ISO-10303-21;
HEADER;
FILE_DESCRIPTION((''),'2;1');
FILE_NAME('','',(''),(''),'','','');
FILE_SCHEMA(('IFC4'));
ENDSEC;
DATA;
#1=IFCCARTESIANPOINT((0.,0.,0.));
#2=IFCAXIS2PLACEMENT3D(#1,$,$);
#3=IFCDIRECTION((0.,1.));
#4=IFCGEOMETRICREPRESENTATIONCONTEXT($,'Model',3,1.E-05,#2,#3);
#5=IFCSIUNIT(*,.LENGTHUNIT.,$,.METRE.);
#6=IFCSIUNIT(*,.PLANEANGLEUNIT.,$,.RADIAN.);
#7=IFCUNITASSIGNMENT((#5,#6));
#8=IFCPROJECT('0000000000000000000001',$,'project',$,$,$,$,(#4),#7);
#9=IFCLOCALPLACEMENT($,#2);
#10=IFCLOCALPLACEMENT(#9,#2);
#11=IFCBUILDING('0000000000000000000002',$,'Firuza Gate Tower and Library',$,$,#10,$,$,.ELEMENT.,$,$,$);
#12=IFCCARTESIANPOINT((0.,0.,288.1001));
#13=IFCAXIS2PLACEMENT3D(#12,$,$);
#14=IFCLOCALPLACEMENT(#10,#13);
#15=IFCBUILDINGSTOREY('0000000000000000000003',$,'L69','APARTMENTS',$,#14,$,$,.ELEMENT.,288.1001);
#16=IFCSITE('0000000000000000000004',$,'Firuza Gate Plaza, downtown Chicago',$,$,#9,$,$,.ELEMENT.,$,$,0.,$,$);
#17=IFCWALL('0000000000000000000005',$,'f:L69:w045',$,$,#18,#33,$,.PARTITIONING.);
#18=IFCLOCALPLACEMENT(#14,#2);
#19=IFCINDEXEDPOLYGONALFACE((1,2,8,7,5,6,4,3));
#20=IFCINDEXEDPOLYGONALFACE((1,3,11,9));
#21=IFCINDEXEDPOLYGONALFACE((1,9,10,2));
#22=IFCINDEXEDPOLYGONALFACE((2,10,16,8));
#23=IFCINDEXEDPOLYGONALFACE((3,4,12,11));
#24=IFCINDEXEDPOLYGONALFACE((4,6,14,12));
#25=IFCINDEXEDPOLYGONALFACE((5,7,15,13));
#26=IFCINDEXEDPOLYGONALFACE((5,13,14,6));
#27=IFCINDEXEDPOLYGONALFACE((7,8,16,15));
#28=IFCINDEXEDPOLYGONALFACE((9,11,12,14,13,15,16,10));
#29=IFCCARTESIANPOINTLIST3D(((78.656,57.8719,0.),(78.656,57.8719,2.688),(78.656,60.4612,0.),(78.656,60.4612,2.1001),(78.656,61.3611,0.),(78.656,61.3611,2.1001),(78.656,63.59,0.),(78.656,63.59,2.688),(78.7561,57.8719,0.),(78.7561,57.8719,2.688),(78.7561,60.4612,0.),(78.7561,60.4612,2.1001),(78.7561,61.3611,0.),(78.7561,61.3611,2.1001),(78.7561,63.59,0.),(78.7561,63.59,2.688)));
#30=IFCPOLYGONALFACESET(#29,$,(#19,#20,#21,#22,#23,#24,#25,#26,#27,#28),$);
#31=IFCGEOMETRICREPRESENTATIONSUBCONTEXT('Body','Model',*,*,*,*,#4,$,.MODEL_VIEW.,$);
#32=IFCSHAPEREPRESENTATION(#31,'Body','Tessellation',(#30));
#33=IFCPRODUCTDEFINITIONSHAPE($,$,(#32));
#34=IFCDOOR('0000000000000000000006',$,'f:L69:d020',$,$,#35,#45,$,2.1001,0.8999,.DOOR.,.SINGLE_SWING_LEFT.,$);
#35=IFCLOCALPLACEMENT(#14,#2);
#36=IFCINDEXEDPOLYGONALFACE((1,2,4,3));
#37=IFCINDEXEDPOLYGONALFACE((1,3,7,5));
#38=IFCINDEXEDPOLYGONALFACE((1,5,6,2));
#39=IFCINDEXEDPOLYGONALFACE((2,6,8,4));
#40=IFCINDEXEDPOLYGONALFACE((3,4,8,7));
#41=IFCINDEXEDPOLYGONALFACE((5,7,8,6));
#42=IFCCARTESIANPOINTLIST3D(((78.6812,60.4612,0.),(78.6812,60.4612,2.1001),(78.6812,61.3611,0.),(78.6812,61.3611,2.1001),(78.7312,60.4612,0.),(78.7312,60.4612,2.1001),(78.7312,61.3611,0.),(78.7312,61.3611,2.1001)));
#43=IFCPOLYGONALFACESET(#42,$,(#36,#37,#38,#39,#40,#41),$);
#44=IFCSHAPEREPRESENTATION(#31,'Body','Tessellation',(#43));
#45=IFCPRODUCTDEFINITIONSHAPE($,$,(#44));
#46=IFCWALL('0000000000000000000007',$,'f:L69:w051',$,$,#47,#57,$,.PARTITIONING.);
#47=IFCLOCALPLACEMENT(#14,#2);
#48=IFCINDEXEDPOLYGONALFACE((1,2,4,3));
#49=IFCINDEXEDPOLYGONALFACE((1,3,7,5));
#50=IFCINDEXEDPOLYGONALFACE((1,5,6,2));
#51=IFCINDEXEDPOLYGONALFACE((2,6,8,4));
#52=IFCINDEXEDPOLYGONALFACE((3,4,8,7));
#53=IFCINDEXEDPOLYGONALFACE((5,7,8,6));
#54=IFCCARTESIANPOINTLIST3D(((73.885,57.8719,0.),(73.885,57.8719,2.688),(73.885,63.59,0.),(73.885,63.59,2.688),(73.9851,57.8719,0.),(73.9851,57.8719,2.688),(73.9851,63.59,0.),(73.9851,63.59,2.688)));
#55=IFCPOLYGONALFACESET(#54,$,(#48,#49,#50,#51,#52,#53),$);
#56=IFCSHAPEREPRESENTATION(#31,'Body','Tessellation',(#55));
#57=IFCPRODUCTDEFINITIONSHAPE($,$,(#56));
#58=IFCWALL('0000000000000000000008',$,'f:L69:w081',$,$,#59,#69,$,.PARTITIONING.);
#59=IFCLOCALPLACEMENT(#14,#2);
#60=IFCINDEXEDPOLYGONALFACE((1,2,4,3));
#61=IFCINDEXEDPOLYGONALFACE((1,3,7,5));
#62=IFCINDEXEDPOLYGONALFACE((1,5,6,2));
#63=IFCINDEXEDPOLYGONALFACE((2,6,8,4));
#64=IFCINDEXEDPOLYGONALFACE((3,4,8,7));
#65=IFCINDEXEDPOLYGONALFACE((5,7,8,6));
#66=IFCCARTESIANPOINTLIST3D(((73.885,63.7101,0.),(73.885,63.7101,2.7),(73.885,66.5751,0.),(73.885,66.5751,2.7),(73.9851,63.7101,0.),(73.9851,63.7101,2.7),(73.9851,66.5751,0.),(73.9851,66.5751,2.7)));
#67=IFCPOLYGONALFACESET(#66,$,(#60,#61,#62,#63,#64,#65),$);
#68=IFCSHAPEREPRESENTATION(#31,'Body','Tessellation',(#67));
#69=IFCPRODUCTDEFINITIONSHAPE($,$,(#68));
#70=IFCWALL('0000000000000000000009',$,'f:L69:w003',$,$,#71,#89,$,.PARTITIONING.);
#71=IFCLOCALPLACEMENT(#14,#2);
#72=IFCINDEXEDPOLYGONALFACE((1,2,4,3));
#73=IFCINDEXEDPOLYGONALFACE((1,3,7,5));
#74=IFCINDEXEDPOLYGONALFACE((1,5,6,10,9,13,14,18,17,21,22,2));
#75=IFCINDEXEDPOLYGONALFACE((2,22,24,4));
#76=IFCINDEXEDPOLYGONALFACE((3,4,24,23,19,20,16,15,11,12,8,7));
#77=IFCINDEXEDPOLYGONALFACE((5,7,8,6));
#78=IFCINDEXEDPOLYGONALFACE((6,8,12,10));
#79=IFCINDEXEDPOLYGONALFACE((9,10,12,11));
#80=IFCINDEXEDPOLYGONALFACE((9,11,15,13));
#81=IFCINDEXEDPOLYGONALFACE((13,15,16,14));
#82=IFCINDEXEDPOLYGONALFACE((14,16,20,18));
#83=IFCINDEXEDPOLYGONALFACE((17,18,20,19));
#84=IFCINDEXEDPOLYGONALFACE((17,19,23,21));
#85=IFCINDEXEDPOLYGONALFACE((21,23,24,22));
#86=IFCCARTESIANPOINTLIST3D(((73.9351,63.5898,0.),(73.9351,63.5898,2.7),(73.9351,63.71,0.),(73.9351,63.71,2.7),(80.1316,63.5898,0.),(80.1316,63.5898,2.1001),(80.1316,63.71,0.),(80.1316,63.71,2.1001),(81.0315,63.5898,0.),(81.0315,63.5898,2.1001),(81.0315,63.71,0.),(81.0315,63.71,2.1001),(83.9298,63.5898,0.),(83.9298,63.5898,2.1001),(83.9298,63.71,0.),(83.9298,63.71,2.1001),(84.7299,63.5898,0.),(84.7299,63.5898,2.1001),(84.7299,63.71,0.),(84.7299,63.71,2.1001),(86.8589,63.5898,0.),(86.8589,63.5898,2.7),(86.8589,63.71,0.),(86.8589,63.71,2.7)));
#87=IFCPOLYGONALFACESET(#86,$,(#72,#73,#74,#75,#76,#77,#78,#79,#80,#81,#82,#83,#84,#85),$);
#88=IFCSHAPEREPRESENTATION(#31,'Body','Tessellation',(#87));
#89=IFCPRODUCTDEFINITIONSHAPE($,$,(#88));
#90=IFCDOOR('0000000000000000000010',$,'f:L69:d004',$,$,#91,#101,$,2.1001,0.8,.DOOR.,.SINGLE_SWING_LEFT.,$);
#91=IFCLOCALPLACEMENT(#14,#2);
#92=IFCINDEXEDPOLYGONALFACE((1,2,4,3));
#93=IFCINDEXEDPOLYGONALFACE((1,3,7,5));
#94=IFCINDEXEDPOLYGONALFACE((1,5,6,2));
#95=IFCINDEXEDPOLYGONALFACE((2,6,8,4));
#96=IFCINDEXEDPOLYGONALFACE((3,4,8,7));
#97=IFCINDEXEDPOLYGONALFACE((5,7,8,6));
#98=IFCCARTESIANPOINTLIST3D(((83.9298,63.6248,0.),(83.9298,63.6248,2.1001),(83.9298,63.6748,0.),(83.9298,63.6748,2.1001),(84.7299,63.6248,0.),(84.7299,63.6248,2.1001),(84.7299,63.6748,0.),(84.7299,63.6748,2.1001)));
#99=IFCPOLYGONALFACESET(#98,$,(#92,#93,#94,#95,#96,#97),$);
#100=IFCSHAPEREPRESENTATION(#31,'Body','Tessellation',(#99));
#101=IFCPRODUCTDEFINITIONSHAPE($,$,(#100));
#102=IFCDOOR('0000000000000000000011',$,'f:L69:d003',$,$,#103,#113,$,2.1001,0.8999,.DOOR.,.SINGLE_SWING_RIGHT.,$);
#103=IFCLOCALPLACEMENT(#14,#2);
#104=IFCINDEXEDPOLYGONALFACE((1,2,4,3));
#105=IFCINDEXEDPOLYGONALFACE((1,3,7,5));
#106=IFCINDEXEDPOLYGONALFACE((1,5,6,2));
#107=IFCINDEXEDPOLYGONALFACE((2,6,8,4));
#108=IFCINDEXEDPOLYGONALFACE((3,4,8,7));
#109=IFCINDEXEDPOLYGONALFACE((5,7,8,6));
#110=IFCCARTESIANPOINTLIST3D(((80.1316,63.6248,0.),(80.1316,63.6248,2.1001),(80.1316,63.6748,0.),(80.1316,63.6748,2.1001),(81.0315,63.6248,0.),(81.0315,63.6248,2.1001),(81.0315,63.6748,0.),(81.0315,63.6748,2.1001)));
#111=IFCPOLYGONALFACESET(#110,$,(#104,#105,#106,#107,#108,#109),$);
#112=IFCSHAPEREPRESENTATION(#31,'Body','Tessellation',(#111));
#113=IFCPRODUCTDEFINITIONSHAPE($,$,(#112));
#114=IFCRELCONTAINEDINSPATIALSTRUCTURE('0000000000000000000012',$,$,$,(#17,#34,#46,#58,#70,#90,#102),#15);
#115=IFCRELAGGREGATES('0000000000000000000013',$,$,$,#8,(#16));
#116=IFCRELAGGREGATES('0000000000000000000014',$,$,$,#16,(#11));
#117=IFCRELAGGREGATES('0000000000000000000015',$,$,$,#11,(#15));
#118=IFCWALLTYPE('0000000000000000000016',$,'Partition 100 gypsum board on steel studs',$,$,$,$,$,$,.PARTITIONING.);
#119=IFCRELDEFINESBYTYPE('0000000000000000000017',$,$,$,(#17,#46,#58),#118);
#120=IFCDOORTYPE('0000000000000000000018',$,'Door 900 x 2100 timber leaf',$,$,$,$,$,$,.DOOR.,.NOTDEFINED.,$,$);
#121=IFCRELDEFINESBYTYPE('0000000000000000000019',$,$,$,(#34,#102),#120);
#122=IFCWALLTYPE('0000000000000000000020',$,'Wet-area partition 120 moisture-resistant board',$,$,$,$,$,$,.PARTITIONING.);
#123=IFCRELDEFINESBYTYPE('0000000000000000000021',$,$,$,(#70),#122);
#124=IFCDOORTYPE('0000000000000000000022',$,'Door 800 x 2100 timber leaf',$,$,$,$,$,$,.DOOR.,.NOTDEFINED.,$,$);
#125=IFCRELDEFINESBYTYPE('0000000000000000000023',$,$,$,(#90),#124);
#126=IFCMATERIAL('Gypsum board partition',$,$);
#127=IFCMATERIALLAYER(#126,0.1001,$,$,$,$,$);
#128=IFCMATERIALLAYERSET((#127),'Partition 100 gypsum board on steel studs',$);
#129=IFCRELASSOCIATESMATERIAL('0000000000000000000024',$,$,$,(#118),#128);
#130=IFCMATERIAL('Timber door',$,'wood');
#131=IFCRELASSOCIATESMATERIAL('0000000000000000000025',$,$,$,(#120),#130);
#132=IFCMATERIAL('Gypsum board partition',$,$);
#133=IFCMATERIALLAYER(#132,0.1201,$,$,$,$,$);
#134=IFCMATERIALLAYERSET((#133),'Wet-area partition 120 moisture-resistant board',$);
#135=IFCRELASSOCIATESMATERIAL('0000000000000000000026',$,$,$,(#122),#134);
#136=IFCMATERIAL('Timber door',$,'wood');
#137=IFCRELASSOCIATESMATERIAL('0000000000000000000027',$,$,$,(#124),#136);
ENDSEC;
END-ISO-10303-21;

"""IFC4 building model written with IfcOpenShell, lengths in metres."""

from ifc_helpers import new_model, si_unit, direction, frame, frame_2d, origin, place, context, subcontext, project, spatial, rectangle, extrude, material, layer, layer_set, type_object, element, fill, save


model = new_model("IFC4")

# Units and contexts
model_context = context("Model", 3, precision=1e-05, world=origin(), true_north=direction((0.0, 1.0)))
body_context = subcontext(model_context, "Body", "Model", "MODEL_VIEW")
ifc_project = project(units=[si_unit("LENGTHUNIT", "METRE"), si_unit("PLANEANGLEUNIT", "RADIAN")], contexts=[model_context])

# Site, building, storey
site_placement = place(None, origin())
site = spatial("IfcSite", under=ifc_project, at=site_placement, Name="Firuza Gate Plaza, downtown Chicago", CompositionType="ELEMENT", RefElevation=0.0)
building_placement = place(site_placement, origin())
building = spatial("IfcBuilding", under=site, at=building_placement, Name="Firuza Gate Tower and Library", CompositionType="ELEMENT")
storey_placement = place(building_placement, frame((0.0, 0.0, 288.1001)))
storey = spatial("IfcBuildingStorey", under=building, at=storey_placement, Name="L69", Description="APARTMENTS", CompositionType="ELEMENT", Elevation=288.1001)

# Wall, opening, door
ifc_material_1 = material(Name="Gypsum board partition")
ifc_layer_1 = layer(ifc_material_1, 0.1001)
ifc_layer_set_1 = layer_set([ifc_layer_1], Name="Partition 100 gypsum board on steel studs")
wall_type_1 = type_object("IfcWallType", Name="Partition 100 gypsum board on steel studs", PredefinedType="PARTITIONING", material=ifc_layer_set_1)
wall_1_placement = place(storey_placement, frame((78.7061, 57.8721, 0.0), z_axis=(0.0, 0.0, 1.0), x_axis=(0.0, 1.0, 0.0)))
wall_1 = element("IfcWall", 1, at=wall_1_placement, inside=storey, type_object=wall_type_1, Name="f:L69:w045", PredefinedType="PARTITIONING", context=body_context, shape_type="SweptSolid", body=[
    extrude(rectangle(XDim=5.718, YDim=0.1001, at=frame_2d((2.8589, 0.0))), origin(), (0.0, 0.0, 1.0), 2.688),
])
opening_1_placement = place(wall_1_placement, frame((2.5891, 0.0, 0.0)))
opening_1 = element("IfcOpeningElement", 2, at=opening_1_placement, cuts=wall_1, PredefinedType="OPENING", context=body_context, shape_type="SweptSolid", body=[
    extrude(rectangle(XDim=0.8999, YDim=2.1001, at=frame_2d((0.45, 1.05))), frame((0.0, 0.0601, 0.0), z_axis=(0.0, -1.0, 0.0), x_axis=(1.0, 0.0, 0.0)), (0.0, 0.0, 1.0), 0.1201),
])
ifc_material_2 = material(Name="Timber door", Category="wood")
door_type_1 = type_object("IfcDoorType", Name="Door 900 x 2100 timber leaf", OperationType="NOTDEFINED", PredefinedType="DOOR", material=ifc_material_2)
door_1_placement = place(opening_1_placement, origin())
door_1 = element("IfcDoor", 3, at=door_1_placement, inside=storey, type_object=door_type_1, Name="f:L69:d020", OperationType="SINGLE_SWING_LEFT", OverallHeight=2.1001, OverallWidth=0.8999, PredefinedType="DOOR", context=body_context, shape_type="SweptSolid", body=[
    extrude(rectangle(XDim=0.8999, YDim=2.1001, at=frame_2d((0.45, 1.05))), frame((0.0, 0.0249, 0.0), z_axis=(0.0, -1.0, 0.0), x_axis=(1.0, 0.0, 0.0)), (0.0, 0.0, 1.0), 0.05),
])
fill(opening_1, door_1)

# Walls
wall_2_placement = place(storey_placement, frame((73.9351, 57.8721, 0.0), z_axis=(0.0, 0.0, 1.0), x_axis=(0.0, 1.0, 0.0)))
element("IfcWall", 4, at=wall_2_placement, inside=storey, type_object=wall_type_1, Name="f:L69:w051", PredefinedType="PARTITIONING", context=body_context, shape_type="SweptSolid", body=[
    extrude(rectangle(XDim=5.718, YDim=0.1001, at=frame_2d((2.8589, 0.0))), origin(), (0.0, 0.0, 1.0), 2.688),
])
wall_3_placement = place(storey_placement, frame((73.9351, 63.71, 0.0), z_axis=(0.0, 0.0, 1.0), x_axis=(0.0, 1.0, 0.0)))
element("IfcWall", 5, at=wall_3_placement, inside=storey, type_object=wall_type_1, Name="f:L69:w081", PredefinedType="PARTITIONING", context=body_context, shape_type="SweptSolid", body=[
    extrude(rectangle(XDim=2.865, YDim=0.1001, at=frame_2d((1.4326, 0.0))), origin(), (0.0, 0.0, 1.0), 2.7),
])

# Wall, openings, doors
ifc_material_3 = material(Name="Gypsum board partition")
ifc_layer_2 = layer(ifc_material_3, 0.1201)
ifc_layer_set_2 = layer_set([ifc_layer_2], Name="Wet-area partition 120 moisture-resistant board")
wall_type_2 = type_object("IfcWallType", Name="Wet-area partition 120 moisture-resistant board", PredefinedType="PARTITIONING", material=ifc_layer_set_2)
wall_4_placement = place(storey_placement, frame((73.9351, 63.6499, 0.0), z_axis=(0.0, 0.0, 1.0), x_axis=(1.0, 0.0, 0.0)))
wall_4 = element("IfcWall", 6, at=wall_4_placement, inside=storey, type_object=wall_type_2, Name="f:L69:w003", PredefinedType="PARTITIONING", context=body_context, shape_type="SweptSolid", body=[
    extrude(rectangle(XDim=12.9238, YDim=0.1201, at=frame_2d((6.4619, 0.0))), origin(), (0.0, 0.0, 1.0), 2.7),
])
opening_2_placement = place(wall_4_placement, frame((6.1965, 0.0, 0.0)))
opening_2 = element("IfcOpeningElement", 7, at=opening_2_placement, cuts=wall_4, PredefinedType="OPENING", context=body_context, shape_type="SweptSolid", body=[
    extrude(rectangle(XDim=0.8999, YDim=2.1001, at=frame_2d((0.45, 1.05))), frame((0.0, 0.0701, 0.0), z_axis=(0.0, -1.0, 0.0), x_axis=(1.0, 0.0, 0.0)), (0.0, 0.0, 1.0), 0.1401),
])
opening_3_placement = place(wall_4_placement, frame((9.9949, 0.0, 0.0)))
opening_3 = element("IfcOpeningElement", 8, at=opening_3_placement, cuts=wall_4, PredefinedType="OPENING", context=body_context, shape_type="SweptSolid", body=[
    extrude(rectangle(XDim=0.8, YDim=2.1001, at=frame_2d((0.3999, 1.05))), frame((0.0, 0.0701, 0.0), z_axis=(0.0, -1.0, 0.0), x_axis=(1.0, 0.0, 0.0)), (0.0, 0.0, 1.0), 0.1401),
])
ifc_material_4 = material(Name="Timber door", Category="wood")
door_type_2 = type_object("IfcDoorType", Name="Door 800 x 2100 timber leaf", OperationType="NOTDEFINED", PredefinedType="DOOR", material=ifc_material_4)
door_2_placement = place(opening_3_placement, origin())
door_2 = element("IfcDoor", 9, at=door_2_placement, inside=storey, type_object=door_type_2, Name="f:L69:d004", OperationType="SINGLE_SWING_LEFT", OverallHeight=2.1001, OverallWidth=0.8, PredefinedType="DOOR", context=body_context, shape_type="SweptSolid", body=[
    extrude(rectangle(XDim=0.8, YDim=2.1001, at=frame_2d((0.3999, 1.05))), frame((0.0, 0.0249, 0.0), z_axis=(0.0, -1.0, 0.0), x_axis=(1.0, 0.0, 0.0)), (0.0, 0.0, 1.0), 0.05),
])
fill(opening_3, door_2)
door_3_placement = place(opening_2_placement, origin())
door_3 = element("IfcDoor", 10, at=door_3_placement, inside=storey, type_object=door_type_1, Name="f:L69:d003", OperationType="SINGLE_SWING_RIGHT", OverallHeight=2.1001, OverallWidth=0.8999, PredefinedType="DOOR", context=body_context, shape_type="SweptSolid", body=[
    extrude(rectangle(XDim=0.8999, YDim=2.1001, at=frame_2d((0.45, 1.05))), frame((0.0, 0.0249, 0.0), z_axis=(0.0, -1.0, 0.0), x_axis=(1.0, 0.0, 0.0)), (0.0, 0.0, 1.0), 0.05),
])
fill(opening_2, door_3)

save(model, "model.ifc")
